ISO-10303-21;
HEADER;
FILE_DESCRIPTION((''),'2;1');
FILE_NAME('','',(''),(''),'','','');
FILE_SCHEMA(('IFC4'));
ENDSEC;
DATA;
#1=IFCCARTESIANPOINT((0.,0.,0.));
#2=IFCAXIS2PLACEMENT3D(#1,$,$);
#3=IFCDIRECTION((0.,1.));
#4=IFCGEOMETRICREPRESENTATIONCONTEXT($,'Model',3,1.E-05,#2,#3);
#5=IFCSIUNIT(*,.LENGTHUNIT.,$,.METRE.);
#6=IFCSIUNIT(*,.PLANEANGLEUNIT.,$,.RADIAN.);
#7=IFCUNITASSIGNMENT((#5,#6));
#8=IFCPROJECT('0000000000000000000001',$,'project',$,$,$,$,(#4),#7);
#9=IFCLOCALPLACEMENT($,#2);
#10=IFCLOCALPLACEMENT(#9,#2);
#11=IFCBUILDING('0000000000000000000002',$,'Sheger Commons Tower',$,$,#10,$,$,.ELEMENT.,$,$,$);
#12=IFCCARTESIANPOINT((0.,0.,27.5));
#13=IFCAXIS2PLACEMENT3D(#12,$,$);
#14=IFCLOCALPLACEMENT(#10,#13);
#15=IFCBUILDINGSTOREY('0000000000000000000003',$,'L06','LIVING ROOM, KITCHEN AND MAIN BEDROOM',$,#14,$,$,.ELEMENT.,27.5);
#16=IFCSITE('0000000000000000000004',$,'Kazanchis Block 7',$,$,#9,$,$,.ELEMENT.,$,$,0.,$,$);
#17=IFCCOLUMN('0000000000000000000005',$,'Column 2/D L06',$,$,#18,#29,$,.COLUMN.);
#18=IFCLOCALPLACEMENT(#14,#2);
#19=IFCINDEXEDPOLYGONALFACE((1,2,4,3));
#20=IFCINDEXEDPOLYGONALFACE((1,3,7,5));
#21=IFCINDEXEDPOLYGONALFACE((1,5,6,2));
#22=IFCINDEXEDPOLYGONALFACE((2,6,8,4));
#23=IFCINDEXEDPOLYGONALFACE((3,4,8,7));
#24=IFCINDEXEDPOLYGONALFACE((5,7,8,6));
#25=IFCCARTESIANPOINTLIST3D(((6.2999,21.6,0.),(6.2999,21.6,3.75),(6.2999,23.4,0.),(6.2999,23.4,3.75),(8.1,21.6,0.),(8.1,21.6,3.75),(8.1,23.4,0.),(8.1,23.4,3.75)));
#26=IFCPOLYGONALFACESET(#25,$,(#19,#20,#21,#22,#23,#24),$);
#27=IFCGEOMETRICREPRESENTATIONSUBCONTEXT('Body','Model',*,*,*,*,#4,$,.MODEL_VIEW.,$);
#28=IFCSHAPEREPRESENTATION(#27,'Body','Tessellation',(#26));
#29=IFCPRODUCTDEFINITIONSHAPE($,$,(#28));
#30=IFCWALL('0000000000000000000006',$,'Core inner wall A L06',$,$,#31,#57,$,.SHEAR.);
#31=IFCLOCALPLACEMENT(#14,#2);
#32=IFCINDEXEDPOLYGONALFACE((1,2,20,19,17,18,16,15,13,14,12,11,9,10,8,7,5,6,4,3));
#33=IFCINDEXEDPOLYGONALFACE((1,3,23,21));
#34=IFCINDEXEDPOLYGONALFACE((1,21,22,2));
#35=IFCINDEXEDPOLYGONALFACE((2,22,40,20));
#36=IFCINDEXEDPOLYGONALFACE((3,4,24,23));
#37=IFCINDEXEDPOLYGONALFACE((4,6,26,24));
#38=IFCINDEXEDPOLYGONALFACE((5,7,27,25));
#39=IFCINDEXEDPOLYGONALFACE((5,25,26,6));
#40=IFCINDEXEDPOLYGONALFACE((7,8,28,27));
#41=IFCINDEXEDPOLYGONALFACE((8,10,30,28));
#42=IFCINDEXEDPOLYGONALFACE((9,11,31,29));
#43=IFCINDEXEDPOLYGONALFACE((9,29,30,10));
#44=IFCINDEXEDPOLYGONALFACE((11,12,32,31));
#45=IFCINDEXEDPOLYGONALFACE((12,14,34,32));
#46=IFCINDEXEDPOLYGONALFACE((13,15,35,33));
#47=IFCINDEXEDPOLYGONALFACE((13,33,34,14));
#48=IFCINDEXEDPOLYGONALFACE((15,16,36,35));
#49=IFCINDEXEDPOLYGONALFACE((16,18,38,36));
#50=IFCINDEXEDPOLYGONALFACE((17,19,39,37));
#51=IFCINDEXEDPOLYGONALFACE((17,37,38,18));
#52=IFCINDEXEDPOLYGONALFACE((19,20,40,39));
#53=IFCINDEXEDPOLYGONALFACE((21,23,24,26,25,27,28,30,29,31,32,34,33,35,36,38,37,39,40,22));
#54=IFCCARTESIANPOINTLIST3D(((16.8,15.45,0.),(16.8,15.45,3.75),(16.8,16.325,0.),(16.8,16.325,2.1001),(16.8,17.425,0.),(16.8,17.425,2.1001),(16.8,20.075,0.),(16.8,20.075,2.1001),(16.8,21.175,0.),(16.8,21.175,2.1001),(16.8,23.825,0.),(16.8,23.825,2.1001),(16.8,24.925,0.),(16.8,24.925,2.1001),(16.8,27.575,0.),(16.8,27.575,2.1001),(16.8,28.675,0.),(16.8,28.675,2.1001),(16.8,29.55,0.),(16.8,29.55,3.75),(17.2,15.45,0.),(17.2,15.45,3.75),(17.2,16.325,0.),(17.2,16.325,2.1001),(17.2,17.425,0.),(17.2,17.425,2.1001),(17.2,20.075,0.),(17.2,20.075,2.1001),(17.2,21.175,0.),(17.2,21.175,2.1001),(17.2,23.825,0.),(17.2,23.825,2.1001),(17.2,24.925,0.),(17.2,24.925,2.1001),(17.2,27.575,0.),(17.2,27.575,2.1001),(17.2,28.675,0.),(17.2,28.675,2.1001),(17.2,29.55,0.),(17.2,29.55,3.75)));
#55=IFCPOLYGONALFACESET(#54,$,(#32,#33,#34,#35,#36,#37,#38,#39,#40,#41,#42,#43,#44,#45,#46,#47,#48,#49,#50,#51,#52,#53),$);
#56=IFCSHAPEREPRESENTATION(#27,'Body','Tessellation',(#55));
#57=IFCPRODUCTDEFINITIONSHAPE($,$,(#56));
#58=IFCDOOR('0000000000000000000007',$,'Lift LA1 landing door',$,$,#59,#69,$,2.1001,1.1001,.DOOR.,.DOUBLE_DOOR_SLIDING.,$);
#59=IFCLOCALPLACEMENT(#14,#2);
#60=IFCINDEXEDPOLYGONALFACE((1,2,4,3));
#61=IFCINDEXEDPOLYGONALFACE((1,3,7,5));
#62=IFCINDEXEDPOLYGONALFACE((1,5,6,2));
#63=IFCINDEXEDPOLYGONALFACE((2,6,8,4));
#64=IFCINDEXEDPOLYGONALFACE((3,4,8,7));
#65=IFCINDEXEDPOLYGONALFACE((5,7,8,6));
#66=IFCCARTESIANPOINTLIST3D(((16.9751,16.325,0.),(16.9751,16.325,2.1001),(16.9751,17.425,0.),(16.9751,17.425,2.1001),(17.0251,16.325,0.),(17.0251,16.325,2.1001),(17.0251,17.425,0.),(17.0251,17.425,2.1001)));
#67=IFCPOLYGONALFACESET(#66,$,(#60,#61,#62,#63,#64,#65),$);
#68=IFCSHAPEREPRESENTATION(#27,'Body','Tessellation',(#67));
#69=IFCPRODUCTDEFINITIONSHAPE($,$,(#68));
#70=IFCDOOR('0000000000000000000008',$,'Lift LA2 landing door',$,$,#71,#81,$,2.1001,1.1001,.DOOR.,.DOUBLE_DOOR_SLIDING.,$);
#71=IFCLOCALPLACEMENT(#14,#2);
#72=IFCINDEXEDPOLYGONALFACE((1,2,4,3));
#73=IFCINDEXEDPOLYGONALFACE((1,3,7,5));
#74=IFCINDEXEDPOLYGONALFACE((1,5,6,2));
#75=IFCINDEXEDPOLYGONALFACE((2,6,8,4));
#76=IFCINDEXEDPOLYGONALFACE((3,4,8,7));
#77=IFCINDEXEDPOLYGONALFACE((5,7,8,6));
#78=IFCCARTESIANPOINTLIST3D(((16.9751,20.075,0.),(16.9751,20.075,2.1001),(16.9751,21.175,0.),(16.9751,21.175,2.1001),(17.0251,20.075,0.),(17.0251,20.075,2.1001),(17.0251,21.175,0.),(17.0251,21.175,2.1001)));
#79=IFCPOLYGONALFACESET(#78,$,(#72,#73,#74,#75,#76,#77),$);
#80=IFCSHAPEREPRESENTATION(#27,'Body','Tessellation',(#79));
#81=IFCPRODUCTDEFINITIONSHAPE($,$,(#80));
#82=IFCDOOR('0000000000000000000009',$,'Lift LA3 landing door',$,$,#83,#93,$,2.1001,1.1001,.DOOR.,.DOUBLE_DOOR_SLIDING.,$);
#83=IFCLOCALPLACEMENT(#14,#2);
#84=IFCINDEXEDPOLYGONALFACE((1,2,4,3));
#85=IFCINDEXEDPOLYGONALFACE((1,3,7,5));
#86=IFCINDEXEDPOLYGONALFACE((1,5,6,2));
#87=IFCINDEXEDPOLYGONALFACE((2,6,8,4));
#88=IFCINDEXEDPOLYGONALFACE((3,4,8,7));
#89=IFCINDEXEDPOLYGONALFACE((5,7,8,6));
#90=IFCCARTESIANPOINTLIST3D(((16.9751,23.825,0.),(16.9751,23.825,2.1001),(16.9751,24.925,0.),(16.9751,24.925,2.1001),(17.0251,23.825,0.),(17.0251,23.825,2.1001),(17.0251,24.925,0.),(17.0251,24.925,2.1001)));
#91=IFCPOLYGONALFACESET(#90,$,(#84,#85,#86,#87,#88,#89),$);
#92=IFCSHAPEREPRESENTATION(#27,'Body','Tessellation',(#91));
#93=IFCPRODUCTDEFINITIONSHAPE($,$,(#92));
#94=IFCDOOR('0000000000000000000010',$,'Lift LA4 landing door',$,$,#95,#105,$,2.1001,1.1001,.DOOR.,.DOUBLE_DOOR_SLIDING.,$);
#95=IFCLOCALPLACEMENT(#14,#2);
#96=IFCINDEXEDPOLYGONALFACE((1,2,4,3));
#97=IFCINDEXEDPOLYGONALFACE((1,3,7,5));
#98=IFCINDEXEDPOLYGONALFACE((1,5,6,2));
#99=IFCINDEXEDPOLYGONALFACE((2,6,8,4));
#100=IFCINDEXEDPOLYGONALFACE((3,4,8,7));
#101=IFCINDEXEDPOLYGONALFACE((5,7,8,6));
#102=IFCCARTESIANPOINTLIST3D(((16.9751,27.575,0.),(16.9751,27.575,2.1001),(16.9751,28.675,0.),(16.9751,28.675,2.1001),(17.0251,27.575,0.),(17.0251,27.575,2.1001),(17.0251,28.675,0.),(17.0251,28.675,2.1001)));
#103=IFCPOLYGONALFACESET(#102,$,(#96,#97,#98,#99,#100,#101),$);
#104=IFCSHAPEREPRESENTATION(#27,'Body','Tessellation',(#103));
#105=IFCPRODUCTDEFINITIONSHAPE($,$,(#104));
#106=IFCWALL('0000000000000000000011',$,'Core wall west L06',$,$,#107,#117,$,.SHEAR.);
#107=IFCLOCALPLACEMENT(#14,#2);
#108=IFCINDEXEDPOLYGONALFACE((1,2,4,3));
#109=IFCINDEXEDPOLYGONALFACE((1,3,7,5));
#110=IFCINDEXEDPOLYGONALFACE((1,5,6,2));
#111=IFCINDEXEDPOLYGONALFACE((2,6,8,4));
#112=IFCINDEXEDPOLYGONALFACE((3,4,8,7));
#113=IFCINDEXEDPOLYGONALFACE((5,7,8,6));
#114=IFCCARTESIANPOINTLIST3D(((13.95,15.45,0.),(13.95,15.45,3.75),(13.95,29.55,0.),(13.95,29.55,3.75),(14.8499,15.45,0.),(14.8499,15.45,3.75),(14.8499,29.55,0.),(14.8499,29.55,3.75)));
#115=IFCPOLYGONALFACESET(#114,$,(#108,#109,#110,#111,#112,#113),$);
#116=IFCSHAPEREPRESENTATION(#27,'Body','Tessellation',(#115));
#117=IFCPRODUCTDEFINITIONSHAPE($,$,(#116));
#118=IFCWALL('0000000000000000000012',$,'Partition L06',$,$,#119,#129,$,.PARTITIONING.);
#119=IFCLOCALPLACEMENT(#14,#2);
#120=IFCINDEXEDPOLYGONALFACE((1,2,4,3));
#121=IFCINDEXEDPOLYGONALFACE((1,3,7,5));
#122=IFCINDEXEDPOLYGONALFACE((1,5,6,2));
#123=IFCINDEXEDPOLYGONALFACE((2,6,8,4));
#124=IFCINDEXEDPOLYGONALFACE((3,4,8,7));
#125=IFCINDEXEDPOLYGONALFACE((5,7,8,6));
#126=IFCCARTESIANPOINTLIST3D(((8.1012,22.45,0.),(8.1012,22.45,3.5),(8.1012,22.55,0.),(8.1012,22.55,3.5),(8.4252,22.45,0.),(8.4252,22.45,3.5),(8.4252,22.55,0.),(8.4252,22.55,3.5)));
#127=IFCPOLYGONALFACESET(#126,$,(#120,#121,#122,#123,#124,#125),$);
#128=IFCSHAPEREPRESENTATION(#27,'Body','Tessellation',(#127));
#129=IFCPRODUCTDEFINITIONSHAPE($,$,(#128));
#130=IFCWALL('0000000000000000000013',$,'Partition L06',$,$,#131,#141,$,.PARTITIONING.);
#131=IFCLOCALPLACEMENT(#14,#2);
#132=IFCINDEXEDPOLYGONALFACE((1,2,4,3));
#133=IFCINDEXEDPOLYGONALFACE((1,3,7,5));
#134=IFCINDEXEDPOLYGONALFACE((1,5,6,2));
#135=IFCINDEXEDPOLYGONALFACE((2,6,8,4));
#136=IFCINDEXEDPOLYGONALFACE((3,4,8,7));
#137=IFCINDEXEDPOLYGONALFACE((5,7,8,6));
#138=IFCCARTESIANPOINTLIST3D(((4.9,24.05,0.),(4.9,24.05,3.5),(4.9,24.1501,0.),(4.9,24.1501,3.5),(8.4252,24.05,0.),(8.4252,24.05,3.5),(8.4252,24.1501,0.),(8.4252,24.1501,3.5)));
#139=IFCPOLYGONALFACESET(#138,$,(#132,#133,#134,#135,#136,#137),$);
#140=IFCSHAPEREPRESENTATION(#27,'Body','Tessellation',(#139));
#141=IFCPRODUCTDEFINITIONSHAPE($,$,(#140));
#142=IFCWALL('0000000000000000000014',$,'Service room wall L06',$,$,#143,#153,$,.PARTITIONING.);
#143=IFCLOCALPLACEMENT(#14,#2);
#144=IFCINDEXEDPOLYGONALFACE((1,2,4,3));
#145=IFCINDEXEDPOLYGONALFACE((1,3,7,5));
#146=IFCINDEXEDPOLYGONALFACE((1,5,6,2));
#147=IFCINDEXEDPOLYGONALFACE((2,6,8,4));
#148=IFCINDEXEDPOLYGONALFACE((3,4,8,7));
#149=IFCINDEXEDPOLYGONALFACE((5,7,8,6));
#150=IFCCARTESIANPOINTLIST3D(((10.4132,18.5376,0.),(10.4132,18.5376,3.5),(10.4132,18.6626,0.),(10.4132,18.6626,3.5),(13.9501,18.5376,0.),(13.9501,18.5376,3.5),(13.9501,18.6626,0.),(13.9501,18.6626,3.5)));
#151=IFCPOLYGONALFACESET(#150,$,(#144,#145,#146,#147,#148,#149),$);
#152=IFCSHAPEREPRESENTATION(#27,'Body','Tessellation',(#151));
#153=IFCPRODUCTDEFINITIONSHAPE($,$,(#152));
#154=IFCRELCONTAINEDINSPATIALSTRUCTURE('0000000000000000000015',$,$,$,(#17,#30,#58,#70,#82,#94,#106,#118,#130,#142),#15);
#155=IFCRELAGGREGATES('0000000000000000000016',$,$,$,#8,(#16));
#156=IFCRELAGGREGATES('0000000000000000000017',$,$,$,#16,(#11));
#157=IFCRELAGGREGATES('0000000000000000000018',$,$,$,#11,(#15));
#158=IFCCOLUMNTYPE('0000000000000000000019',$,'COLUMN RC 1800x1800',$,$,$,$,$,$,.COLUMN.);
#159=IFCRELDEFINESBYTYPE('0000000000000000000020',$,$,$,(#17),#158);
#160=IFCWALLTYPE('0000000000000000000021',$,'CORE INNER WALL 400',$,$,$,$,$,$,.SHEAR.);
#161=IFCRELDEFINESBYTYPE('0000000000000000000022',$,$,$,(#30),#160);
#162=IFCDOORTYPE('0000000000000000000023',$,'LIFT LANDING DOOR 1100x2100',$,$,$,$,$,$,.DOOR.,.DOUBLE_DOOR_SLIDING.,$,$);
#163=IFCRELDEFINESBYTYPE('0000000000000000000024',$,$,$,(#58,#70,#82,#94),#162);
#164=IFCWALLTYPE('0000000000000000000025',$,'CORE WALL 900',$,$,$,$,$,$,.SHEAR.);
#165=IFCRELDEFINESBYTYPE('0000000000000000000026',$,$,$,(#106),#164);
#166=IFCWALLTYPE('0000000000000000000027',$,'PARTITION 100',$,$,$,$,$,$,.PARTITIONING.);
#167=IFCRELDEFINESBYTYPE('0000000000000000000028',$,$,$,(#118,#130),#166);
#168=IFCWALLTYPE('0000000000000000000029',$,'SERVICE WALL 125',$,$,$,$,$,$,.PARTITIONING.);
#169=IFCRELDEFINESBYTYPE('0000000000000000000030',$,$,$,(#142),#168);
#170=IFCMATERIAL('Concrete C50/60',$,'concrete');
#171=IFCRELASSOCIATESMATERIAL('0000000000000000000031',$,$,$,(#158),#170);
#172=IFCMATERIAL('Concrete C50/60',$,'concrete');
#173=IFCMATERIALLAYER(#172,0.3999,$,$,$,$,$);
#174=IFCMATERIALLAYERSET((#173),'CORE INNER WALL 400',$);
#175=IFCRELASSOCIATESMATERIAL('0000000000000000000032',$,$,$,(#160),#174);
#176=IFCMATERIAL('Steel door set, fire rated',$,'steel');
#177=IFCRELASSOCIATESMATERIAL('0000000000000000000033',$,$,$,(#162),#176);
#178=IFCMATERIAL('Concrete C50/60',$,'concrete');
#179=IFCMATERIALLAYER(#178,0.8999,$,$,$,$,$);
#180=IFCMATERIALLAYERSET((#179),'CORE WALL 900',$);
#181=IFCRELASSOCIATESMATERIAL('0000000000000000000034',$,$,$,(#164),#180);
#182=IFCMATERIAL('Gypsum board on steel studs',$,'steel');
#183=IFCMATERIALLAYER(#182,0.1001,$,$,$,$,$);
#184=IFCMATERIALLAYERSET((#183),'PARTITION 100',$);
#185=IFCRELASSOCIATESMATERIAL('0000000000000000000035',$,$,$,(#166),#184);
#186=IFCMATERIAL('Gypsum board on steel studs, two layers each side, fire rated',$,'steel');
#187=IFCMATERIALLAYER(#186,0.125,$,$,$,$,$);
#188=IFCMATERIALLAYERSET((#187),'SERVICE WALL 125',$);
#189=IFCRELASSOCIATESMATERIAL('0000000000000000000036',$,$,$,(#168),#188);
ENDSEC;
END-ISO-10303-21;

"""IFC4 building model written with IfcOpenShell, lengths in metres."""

from ifc_helpers import new_model, si_unit, direction, frame, frame_2d, origin, origin_2d, place, context, subcontext, project, spatial, rectangle, extrude, material, layer, layer_set, material_profile, profile_set, type_object, element, fill, save


model = new_model("IFC4")

# Units and contexts
model_context = context("Model", 3, precision=1e-05, world=origin(), true_north=direction((0.0, 1.0)))
body_context = subcontext(model_context, "Body", "Model", "MODEL_VIEW")
ifc_project = project(units=[si_unit("LENGTHUNIT", "METRE"), si_unit("PLANEANGLEUNIT", "RADIAN")], contexts=[model_context])

# Site, building, storey
site_placement = place(None, origin())
site = spatial("IfcSite", under=ifc_project, at=site_placement, Name="Kazanchis Block 7", CompositionType="ELEMENT", RefElevation=0.0)
building_placement = place(site_placement, origin())
building = spatial("IfcBuilding", under=site, at=building_placement, Name="Sheger Commons Tower", CompositionType="ELEMENT")
storey_placement = place(building_placement, frame((0.0, 0.0, 27.5)))
storey = spatial("IfcBuildingStorey", under=building, at=storey_placement, Name="L06", Description="LIVING ROOM, KITCHEN AND MAIN BEDROOM", CompositionType="ELEMENT", Elevation=27.5)

# Column
ifc_material_1 = material(Name="Concrete C50/60", Category="concrete")
ifc_material_profile = material_profile(ifc_material_1, rectangle(XDim=1.8, YDim=1.8, at=origin_2d()), Name="RC 1800x1800")
ifc_profile_set = profile_set([ifc_material_profile], Name="Concrete C50/60")
column_type = type_object("IfcColumnType", Name="COLUMN RC 1800x1800", PredefinedType="COLUMN", material=ifc_profile_set)
column_placement = place(storey_placement, frame((7.2, 22.5, 0.0), z_axis=(0.0, 0.0, 1.0), x_axis=(1.0, 0.0, 0.0)))
element("IfcColumn", 1, at=column_placement, inside=storey, type_object=column_type, Name="Column 2/D L06", PredefinedType="COLUMN", context=body_context, shape_type="SweptSolid", body=[
    extrude(rectangle(XDim=1.8, YDim=1.8, at=origin_2d()), origin(), (0.0, 0.0, 1.0), 3.75),
])

# Wall, openings, doors
ifc_material_2 = material(Name="Concrete C50/60", Category="concrete")
ifc_layer_1 = layer(ifc_material_2, 0.3999)
ifc_layer_set_1 = layer_set([ifc_layer_1], Name="CORE INNER WALL 400")
wall_type_1 = type_object("IfcWallType", Name="CORE INNER WALL 400", PredefinedType="SHEAR", material=ifc_layer_set_1)
wall_1_placement = place(storey_placement, frame((17.0, 15.45, 0.0), z_axis=(0.0, 0.0, 1.0), x_axis=(0.0, 1.0, 0.0)))
wall_1 = element("IfcWall", 2, at=wall_1_placement, inside=storey, type_object=wall_type_1, Name="Core inner wall A L06", PredefinedType="SHEAR", context=body_context, shape_type="SweptSolid", body=[
    extrude(rectangle(XDim=14.1001, YDim=0.3999, at=frame_2d((7.05, 0.0))), origin(), (0.0, 0.0, 1.0), 3.75),
])
opening_1_placement = place(wall_1_placement, frame((0.875, 0.0, 0.0)))
opening_1 = element("IfcOpeningElement", 3, at=opening_1_placement, cuts=wall_1, PredefinedType="OPENING", context=body_context, shape_type="SweptSolid", body=[
    extrude(rectangle(XDim=1.1001, YDim=2.1001, at=frame_2d((0.55, 1.05))), frame((0.0, 0.21, 0.0), z_axis=(0.0, -1.0, 0.0), x_axis=(1.0, 0.0, 0.0)), (0.0, 0.0, 1.0), 0.4199),
])
opening_2_placement = place(wall_1_placement, frame((4.625, 0.0, 0.0)))
opening_2 = element("IfcOpeningElement", 4, at=opening_2_placement, cuts=wall_1, PredefinedType="OPENING", context=body_context, shape_type="SweptSolid", body=[
    extrude(rectangle(XDim=1.1001, YDim=2.1001, at=frame_2d((0.55, 1.05))), frame((0.0, 0.21, 0.0), z_axis=(0.0, -1.0, 0.0), x_axis=(1.0, 0.0, 0.0)), (0.0, 0.0, 1.0), 0.4199),
])
opening_3_placement = place(wall_1_placement, frame((8.375, 0.0, 0.0)))
opening_3 = element("IfcOpeningElement", 5, at=opening_3_placement, cuts=wall_1, PredefinedType="OPENING", context=body_context, shape_type="SweptSolid", body=[
    extrude(rectangle(XDim=1.1001, YDim=2.1001, at=frame_2d((0.55, 1.05))), frame((0.0, 0.21, 0.0), z_axis=(0.0, -1.0, 0.0), x_axis=(1.0, 0.0, 0.0)), (0.0, 0.0, 1.0), 0.4199),
])
opening_4_placement = place(wall_1_placement, frame((12.125, 0.0, 0.0)))
opening_4 = element("IfcOpeningElement", 6, at=opening_4_placement, cuts=wall_1, PredefinedType="OPENING", context=body_context, shape_type="SweptSolid", body=[
    extrude(rectangle(XDim=1.1001, YDim=2.1001, at=frame_2d((0.55, 1.05))), frame((0.0, 0.21, 0.0), z_axis=(0.0, -1.0, 0.0), x_axis=(1.0, 0.0, 0.0)), (0.0, 0.0, 1.0), 0.4199),
])
ifc_material_3 = material(Name="Steel door set, fire rated", Category="steel")
door_type_1 = type_object("IfcDoorType", Name="LIFT LANDING DOOR 1100x2100", OperationType="DOUBLE_DOOR_SLIDING", PredefinedType="DOOR", material=ifc_material_3)
door_1_placement = place(opening_1_placement, origin())
door_1 = element("IfcDoor", 7, at=door_1_placement, inside=storey, type_object=door_type_1, Name="Lift LA1 landing door", OperationType="DOUBLE_DOOR_SLIDING", OverallHeight=2.1001, OverallWidth=1.1001, PredefinedType="DOOR", context=body_context, shape_type="SweptSolid", body=[
    extrude(rectangle(XDim=1.1001, YDim=2.1001, at=frame_2d((0.55, 1.05))), frame((0.0, 0.0249, 0.0), z_axis=(0.0, -1.0, 0.0), x_axis=(1.0, 0.0, 0.0)), (0.0, 0.0, 1.0), 0.05),
])
fill(opening_1, door_1)
door_2_placement = place(opening_2_placement, origin())
door_2 = element("IfcDoor", 8, at=door_2_placement, inside=storey, type_object=door_type_1, Name="Lift LA2 landing door", OperationType="DOUBLE_DOOR_SLIDING", OverallHeight=2.1001, OverallWidth=1.1001, PredefinedType="DOOR", context=body_context, shape_type="SweptSolid", body=[
    extrude(rectangle(XDim=1.1001, YDim=2.1001, at=frame_2d((0.55, 1.05))), frame((0.0, 0.0249, 0.0), z_axis=(0.0, -1.0, 0.0), x_axis=(1.0, 0.0, 0.0)), (0.0, 0.0, 1.0), 0.05),
])
fill(opening_2, door_2)
door_3_placement = place(opening_3_placement, origin())
door_3 = element("IfcDoor", 9, at=door_3_placement, inside=storey, type_object=door_type_1, Name="Lift LA3 landing door", OperationType="DOUBLE_DOOR_SLIDING", OverallHeight=2.1001, OverallWidth=1.1001, PredefinedType="DOOR", context=body_context, shape_type="SweptSolid", body=[
    extrude(rectangle(XDim=1.1001, YDim=2.1001, at=frame_2d((0.55, 1.05))), frame((0.0, 0.0249, 0.0), z_axis=(0.0, -1.0, 0.0), x_axis=(1.0, 0.0, 0.0)), (0.0, 0.0, 1.0), 0.05),
])
fill(opening_3, door_3)
door_4_placement = place(opening_4_placement, origin())
door_4 = element("IfcDoor", 10, at=door_4_placement, inside=storey, type_object=door_type_1, Name="Lift LA4 landing door", OperationType="DOUBLE_DOOR_SLIDING", OverallHeight=2.1001, OverallWidth=1.1001, PredefinedType="DOOR", context=body_context, shape_type="SweptSolid", body=[
    extrude(rectangle(XDim=1.1001, YDim=2.1001, at=frame_2d((0.55, 1.05))), frame((0.0, 0.0249, 0.0), z_axis=(0.0, -1.0, 0.0), x_axis=(1.0, 0.0, 0.0)), (0.0, 0.0, 1.0), 0.05),
])
fill(opening_4, door_4)

# Walls
ifc_material_4 = material(Name="Concrete C50/60", Category="concrete")
ifc_layer_2 = layer(ifc_material_4, 0.8999)
ifc_layer_set_2 = layer_set([ifc_layer_2], Name="CORE WALL 900")
wall_type_2 = type_object("IfcWallType", Name="CORE WALL 900", PredefinedType="SHEAR", material=ifc_layer_set_2)
wall_2_placement = place(storey_placement, frame((14.3999, 15.45, 0.0), z_axis=(0.0, 0.0, 1.0), x_axis=(0.0, 1.0, 0.0)))
element("IfcWall", 11, at=wall_2_placement, inside=storey, type_object=wall_type_2, Name="Core wall west L06", PredefinedType="SHEAR", context=body_context, shape_type="SweptSolid", body=[
    extrude(rectangle(XDim=14.1001, YDim=0.8999, at=frame_2d((7.05, 0.0))), origin(), (0.0, 0.0, 1.0), 3.75),
])
ifc_material_5 = material(Name="Gypsum board on steel studs", Category="steel")
ifc_layer_3 = layer(ifc_material_5, 0.1001)
ifc_layer_set_3 = layer_set([ifc_layer_3], Name="PARTITION 100")
wall_type_3 = type_object("IfcWallType", Name="PARTITION 100", PredefinedType="PARTITIONING", material=ifc_layer_set_3)
wall_3_placement = place(storey_placement, frame((8.1011, 22.5, 0.0), z_axis=(0.0, 0.0, 1.0), x_axis=(1.0, 0.0, 0.0)))
element("IfcWall", 12, at=wall_3_placement, inside=storey, type_object=wall_type_3, Name="Partition L06", PredefinedType="PARTITIONING", context=body_context, shape_type="SweptSolid", body=[
    extrude(rectangle(XDim=0.324, YDim=0.1001, at=frame_2d((0.1621, 0.0))), origin(), (0.0, 0.0, 1.0), 3.5),
])
wall_4_placement = place(storey_placement, frame((4.8999, 24.1001, 0.0), z_axis=(0.0, 0.0, 1.0), x_axis=(1.0, 0.0, 0.0)))
element("IfcWall", 13, at=wall_4_placement, inside=storey, type_object=wall_type_3, Name="Partition L06", PredefinedType="PARTITIONING", context=body_context, shape_type="SweptSolid", body=[
    extrude(rectangle(XDim=3.5251, YDim=0.1001, at=frame_2d((1.7627, 0.0))), origin(), (0.0, 0.0, 1.0), 3.5),
])
ifc_material_6 = material(Name="Gypsum board on steel studs, two layers each side, fire rated", Category="steel")
ifc_layer_4 = layer(ifc_material_6, 0.125)
ifc_layer_set_4 = layer_set([ifc_layer_4], Name="SERVICE WALL 125")
wall_type_4 = type_object("IfcWallType", Name="SERVICE WALL 125", PredefinedType="PARTITIONING", material=ifc_layer_set_4)
wall_5_placement = place(storey_placement, frame((10.4131, 18.6001, 0.0), z_axis=(0.0, 0.0, 1.0), x_axis=(1.0, 0.0, 0.0)))
element("IfcWall", 14, at=wall_5_placement, inside=storey, type_object=wall_type_4, Name="Service room wall L06", PredefinedType="PARTITIONING", context=body_context, shape_type="SweptSolid", body=[
    extrude(rectangle(XDim=3.5369, YDim=0.125, at=frame_2d((1.7686, 0.0))), origin(), (0.0, 0.0, 1.0), 3.5),
])

save(model, "model.ifc")
